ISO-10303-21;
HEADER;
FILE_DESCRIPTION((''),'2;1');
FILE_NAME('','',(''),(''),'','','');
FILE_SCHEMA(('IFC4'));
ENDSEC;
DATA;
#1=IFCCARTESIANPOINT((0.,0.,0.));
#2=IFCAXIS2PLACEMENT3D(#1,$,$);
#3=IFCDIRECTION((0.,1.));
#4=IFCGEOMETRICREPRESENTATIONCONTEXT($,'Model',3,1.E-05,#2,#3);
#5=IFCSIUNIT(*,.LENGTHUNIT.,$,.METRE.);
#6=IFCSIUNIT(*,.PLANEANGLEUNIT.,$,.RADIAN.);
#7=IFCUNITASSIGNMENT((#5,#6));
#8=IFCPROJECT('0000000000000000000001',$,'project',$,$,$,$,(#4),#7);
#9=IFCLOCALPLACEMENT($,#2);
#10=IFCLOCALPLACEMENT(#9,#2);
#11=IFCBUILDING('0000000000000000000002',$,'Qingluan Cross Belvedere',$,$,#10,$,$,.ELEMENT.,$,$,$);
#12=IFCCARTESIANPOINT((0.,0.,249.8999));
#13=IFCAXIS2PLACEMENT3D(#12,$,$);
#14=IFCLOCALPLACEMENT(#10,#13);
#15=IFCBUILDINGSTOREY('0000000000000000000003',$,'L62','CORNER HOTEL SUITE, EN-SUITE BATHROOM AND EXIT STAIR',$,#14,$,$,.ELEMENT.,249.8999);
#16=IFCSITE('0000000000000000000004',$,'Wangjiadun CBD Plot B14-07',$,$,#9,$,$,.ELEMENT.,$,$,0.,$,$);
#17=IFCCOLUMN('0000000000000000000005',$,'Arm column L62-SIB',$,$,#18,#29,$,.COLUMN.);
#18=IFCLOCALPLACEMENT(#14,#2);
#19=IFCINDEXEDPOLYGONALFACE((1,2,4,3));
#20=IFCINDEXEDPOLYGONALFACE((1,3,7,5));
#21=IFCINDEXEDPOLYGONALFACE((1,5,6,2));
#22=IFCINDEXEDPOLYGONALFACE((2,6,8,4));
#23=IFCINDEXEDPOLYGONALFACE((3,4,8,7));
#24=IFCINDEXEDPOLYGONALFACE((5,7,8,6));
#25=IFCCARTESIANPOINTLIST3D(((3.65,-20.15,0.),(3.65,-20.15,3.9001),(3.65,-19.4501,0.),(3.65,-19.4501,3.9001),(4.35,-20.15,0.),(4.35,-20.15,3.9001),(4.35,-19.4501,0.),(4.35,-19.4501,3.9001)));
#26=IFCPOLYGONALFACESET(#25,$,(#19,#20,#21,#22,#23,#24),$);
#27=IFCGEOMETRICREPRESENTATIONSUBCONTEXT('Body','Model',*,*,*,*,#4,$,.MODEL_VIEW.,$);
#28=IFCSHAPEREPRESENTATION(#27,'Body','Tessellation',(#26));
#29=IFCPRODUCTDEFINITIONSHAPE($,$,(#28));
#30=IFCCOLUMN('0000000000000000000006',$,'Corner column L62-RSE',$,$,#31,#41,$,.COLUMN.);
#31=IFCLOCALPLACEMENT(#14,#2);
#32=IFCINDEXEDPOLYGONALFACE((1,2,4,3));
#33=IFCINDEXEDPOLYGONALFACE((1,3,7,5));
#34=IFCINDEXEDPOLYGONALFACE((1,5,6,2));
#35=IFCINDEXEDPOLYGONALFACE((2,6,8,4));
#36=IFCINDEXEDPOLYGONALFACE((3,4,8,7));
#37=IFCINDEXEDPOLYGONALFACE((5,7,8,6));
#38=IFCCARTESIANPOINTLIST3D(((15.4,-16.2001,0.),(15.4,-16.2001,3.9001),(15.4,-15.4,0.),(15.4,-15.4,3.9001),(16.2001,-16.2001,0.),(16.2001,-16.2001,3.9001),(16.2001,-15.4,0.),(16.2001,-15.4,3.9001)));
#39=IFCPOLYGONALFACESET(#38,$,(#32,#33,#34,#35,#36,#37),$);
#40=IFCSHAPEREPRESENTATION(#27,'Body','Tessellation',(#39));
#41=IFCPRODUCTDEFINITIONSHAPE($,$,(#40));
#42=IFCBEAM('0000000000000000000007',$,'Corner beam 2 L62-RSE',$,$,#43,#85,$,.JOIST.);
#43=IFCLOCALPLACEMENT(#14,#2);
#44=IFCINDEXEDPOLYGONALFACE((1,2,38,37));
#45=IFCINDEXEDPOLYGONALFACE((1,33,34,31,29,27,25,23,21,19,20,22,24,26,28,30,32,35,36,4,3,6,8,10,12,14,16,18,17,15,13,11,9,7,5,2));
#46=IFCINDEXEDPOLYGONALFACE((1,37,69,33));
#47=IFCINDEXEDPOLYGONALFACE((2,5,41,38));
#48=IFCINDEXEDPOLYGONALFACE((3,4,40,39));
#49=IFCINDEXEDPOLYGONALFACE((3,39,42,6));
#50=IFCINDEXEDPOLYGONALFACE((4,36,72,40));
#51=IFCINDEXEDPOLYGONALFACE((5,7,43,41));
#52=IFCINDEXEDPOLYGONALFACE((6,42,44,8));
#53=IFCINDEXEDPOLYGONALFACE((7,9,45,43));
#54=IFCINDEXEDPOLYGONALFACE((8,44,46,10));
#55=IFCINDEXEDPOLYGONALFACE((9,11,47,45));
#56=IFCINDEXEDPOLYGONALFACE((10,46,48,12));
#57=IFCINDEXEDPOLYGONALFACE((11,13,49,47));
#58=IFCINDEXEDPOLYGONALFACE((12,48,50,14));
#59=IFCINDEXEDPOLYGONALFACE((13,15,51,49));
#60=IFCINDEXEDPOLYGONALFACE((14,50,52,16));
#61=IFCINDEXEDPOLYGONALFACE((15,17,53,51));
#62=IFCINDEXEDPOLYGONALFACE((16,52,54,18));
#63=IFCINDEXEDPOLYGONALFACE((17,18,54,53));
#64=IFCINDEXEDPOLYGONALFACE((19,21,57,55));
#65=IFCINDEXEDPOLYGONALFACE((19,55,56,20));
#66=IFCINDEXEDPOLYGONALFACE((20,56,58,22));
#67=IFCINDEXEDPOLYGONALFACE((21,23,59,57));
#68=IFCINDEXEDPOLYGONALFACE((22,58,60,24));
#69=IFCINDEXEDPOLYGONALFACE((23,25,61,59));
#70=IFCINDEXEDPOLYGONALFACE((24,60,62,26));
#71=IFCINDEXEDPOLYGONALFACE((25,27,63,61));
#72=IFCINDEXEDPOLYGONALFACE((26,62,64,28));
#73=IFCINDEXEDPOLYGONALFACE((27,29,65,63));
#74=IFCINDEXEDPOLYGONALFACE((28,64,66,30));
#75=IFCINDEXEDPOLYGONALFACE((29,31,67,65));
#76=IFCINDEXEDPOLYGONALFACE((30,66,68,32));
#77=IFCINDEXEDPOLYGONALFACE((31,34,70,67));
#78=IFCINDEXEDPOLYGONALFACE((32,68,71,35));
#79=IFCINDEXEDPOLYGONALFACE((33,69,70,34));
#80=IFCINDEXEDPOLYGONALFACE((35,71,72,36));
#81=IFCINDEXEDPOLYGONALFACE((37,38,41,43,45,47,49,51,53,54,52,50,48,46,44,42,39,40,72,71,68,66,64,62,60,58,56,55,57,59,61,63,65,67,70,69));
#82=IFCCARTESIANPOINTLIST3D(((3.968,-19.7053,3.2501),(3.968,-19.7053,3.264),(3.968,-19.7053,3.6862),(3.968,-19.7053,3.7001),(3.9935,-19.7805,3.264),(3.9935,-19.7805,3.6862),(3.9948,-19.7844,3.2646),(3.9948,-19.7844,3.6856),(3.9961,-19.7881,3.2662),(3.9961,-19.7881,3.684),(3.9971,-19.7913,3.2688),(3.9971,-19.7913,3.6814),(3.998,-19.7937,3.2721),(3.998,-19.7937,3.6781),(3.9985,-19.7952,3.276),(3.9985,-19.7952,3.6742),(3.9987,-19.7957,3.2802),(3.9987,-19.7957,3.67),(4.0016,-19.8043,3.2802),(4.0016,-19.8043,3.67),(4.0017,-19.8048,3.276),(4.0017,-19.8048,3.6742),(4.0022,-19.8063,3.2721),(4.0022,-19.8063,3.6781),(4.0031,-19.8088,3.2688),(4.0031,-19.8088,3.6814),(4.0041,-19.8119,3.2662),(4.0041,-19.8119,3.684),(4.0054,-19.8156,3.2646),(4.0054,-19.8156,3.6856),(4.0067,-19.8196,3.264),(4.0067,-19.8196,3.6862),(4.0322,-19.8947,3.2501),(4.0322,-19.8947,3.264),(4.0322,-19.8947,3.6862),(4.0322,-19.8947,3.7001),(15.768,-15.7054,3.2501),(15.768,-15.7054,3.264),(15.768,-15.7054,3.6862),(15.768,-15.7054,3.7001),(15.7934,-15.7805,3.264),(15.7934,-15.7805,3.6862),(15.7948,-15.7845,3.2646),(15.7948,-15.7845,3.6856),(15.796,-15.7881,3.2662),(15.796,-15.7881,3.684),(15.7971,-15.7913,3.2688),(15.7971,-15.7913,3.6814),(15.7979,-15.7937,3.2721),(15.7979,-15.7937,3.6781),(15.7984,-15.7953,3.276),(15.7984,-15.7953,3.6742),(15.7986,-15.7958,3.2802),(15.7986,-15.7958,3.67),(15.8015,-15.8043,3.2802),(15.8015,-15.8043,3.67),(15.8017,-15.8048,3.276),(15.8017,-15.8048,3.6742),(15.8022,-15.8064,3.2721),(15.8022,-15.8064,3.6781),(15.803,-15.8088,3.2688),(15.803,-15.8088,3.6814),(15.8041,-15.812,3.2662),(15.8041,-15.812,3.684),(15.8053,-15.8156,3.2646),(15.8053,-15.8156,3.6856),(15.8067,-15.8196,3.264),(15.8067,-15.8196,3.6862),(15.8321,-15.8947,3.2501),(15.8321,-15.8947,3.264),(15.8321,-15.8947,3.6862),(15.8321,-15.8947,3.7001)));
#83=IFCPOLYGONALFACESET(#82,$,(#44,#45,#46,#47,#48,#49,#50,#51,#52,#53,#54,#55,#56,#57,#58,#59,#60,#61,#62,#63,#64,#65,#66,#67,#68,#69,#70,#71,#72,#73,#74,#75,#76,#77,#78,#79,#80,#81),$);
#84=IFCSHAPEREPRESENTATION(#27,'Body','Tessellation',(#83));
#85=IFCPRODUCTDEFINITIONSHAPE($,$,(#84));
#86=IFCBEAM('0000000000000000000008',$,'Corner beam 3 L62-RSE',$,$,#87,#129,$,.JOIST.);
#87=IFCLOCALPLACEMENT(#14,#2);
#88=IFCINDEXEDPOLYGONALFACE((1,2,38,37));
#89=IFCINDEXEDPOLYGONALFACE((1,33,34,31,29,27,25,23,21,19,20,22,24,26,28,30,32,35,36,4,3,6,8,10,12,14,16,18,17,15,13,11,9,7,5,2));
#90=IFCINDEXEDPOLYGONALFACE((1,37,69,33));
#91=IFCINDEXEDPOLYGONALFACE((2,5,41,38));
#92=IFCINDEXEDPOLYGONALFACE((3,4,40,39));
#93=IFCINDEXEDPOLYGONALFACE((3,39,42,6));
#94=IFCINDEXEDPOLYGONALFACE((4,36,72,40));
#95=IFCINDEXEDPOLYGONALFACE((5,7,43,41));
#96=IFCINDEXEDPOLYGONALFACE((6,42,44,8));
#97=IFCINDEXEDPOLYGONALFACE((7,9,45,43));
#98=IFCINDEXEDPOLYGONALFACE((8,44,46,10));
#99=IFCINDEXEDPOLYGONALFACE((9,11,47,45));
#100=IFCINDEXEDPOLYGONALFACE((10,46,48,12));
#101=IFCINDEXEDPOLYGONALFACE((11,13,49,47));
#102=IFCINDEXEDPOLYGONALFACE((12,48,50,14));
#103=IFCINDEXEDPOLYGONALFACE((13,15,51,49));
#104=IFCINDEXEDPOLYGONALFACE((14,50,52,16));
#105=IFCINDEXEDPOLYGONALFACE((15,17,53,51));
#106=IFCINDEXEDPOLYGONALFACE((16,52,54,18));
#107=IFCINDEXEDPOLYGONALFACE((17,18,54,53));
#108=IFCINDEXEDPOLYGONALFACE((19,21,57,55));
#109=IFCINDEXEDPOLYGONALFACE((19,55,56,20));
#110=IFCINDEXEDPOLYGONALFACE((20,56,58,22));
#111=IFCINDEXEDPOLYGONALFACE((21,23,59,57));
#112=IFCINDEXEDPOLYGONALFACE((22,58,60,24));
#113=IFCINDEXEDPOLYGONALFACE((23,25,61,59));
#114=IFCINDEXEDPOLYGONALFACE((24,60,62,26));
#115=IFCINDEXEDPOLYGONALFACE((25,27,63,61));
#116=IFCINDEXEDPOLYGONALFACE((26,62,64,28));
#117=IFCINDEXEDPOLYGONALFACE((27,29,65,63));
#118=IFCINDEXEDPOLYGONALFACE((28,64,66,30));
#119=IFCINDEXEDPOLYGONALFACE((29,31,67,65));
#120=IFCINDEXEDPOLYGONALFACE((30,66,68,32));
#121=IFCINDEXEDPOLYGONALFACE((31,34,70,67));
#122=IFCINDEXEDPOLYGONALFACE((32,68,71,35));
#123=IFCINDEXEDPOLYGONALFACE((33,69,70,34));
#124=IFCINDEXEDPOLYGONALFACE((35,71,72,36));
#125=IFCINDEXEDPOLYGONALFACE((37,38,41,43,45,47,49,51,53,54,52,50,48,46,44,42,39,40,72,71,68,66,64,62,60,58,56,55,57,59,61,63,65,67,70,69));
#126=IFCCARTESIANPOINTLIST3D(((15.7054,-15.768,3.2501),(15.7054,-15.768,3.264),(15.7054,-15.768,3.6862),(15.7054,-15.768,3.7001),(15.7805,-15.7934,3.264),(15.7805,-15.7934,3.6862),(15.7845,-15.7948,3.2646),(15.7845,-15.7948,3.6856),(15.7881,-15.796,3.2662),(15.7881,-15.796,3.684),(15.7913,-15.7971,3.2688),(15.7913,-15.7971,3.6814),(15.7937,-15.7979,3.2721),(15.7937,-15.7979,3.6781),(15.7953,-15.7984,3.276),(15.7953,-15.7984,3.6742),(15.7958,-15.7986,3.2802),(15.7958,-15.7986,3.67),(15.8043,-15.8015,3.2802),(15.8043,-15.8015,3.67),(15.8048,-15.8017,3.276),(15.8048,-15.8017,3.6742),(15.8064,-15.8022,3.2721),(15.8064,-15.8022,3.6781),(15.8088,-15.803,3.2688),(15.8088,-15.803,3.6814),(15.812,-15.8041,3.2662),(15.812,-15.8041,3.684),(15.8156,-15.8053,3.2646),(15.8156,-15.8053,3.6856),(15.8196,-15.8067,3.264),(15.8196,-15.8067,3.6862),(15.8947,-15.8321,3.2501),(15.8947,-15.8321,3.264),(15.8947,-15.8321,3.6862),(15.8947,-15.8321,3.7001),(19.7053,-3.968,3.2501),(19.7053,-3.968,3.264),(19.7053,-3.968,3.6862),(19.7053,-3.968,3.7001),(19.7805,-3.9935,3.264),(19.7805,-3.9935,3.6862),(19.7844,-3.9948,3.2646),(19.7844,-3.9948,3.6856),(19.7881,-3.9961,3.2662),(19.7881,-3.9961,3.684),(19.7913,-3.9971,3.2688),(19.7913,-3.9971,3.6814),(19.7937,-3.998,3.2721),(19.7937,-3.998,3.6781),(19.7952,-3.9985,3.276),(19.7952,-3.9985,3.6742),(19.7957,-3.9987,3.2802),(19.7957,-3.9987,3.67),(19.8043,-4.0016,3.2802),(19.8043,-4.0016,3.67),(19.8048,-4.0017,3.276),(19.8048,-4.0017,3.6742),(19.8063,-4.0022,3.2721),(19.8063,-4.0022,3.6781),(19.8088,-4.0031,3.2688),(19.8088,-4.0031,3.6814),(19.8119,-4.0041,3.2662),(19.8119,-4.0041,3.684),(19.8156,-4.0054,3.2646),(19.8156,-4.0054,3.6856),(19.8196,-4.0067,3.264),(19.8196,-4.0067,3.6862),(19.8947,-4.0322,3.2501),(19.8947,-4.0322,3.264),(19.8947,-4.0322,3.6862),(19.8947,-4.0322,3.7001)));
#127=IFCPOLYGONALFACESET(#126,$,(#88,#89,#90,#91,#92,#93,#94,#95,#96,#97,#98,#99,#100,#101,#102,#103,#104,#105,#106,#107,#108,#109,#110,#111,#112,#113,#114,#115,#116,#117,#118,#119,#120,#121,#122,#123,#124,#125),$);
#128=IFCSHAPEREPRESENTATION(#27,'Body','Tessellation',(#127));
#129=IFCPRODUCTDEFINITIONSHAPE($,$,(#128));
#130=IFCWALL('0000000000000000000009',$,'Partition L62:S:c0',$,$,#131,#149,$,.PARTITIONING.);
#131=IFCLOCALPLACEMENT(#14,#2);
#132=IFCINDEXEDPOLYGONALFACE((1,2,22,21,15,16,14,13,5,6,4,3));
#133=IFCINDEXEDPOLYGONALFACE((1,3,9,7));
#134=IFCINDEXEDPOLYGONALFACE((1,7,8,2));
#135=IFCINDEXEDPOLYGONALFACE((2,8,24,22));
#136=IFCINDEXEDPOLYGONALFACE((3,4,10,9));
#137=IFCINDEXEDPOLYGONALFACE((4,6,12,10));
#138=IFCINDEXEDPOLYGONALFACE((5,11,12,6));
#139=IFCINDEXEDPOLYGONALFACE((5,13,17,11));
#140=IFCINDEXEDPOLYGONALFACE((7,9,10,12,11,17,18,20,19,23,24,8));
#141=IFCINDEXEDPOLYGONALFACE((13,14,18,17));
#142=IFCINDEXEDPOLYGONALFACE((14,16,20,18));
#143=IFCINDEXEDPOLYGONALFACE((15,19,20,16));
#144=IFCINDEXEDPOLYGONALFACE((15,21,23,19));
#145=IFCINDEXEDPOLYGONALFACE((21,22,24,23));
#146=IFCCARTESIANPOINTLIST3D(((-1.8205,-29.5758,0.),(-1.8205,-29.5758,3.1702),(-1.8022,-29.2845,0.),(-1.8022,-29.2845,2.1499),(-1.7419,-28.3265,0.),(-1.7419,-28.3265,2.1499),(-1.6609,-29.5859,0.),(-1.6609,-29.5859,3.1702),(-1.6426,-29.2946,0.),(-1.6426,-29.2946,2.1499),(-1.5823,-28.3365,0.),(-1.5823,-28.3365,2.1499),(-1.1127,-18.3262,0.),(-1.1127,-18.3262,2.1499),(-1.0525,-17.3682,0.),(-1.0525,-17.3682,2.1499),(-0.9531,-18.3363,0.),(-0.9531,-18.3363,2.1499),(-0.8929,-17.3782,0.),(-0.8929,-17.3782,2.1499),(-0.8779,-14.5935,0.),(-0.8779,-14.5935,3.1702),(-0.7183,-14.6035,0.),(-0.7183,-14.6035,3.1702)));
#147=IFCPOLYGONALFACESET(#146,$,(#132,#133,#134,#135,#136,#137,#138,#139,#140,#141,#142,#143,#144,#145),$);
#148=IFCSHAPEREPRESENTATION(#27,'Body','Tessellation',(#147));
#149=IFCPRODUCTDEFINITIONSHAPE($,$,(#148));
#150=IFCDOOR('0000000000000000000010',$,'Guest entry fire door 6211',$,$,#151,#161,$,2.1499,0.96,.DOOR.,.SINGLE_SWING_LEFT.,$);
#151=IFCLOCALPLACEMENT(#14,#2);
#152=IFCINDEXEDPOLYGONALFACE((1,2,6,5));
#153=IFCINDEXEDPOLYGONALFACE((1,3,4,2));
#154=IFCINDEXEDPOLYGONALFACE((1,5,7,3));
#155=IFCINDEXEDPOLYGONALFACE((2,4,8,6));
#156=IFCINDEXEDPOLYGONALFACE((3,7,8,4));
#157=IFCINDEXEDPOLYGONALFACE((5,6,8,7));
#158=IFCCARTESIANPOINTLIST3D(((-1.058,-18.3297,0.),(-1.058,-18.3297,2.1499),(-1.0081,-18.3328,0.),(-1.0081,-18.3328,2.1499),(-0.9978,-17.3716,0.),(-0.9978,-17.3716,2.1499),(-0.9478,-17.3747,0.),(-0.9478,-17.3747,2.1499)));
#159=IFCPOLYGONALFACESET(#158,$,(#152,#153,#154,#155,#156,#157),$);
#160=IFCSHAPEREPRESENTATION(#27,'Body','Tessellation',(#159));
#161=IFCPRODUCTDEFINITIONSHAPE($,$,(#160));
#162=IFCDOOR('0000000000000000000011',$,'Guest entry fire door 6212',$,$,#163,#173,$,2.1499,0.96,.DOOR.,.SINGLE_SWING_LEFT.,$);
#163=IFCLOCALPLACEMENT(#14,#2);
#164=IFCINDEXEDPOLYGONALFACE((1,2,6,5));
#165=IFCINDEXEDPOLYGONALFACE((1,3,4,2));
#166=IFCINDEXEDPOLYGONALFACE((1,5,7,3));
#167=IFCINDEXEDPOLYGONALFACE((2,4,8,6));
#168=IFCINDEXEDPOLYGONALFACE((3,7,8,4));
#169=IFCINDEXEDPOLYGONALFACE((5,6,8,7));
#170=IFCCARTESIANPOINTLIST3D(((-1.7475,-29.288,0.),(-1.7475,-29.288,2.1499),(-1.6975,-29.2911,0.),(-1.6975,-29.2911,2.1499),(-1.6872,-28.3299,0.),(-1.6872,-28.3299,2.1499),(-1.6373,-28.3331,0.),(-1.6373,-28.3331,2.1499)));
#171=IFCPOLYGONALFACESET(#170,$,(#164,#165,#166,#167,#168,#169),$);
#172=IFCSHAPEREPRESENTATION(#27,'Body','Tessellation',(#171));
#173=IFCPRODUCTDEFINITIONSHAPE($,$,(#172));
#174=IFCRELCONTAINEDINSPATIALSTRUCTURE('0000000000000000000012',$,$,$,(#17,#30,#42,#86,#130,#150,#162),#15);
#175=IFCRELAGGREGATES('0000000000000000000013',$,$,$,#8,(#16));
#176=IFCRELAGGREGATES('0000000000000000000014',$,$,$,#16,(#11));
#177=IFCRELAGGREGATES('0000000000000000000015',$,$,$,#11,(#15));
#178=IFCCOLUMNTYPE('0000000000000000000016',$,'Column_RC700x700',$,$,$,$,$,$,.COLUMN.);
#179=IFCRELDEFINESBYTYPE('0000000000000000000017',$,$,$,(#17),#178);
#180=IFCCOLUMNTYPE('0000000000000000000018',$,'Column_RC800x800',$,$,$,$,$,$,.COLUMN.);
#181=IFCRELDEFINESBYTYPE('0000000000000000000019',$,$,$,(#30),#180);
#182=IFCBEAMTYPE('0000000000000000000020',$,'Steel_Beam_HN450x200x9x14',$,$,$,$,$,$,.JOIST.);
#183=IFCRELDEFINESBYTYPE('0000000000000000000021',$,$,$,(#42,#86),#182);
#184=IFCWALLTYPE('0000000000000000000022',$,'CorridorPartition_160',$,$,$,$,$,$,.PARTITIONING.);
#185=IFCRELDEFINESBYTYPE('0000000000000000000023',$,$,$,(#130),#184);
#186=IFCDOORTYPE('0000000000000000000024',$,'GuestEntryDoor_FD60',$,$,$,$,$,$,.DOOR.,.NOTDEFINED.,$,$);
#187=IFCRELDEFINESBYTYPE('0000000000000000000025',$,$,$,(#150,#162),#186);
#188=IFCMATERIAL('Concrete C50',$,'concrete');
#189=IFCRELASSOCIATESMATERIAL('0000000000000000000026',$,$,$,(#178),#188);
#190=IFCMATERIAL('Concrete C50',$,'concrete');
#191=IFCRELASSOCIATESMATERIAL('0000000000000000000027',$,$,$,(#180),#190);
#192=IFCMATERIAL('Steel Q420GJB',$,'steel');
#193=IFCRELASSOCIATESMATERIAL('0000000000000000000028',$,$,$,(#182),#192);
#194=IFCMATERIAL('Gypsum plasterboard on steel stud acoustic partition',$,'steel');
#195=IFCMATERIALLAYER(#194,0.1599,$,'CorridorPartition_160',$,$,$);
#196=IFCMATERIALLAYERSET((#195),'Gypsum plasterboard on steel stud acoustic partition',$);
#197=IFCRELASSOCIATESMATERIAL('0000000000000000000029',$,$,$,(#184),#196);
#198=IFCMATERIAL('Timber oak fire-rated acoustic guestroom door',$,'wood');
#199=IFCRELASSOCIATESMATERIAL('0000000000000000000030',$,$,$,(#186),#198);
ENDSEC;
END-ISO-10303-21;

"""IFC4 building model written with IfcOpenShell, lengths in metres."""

from ifc_helpers import new_model, si_unit, direction, frame, frame_2d, origin, origin_2d, place, context, subcontext, project, spatial, rectangle, i_section, extrude, material, layer, layer_set, material_profile, profile_set, type_object, element, fill, save


model = new_model("IFC4")

# Units and contexts
model_context = context("Model", 3, precision=1e-05, world=origin(), true_north=direction((0.0, 1.0)))
body_context = subcontext(model_context, "Body", "Model", "MODEL_VIEW")
ifc_project = project(units=[si_unit("LENGTHUNIT", "METRE"), si_unit("PLANEANGLEUNIT", "RADIAN")], contexts=[model_context])

# Site, building, storey
site_placement = place(None, origin())
site = spatial("IfcSite", under=ifc_project, at=site_placement, Name="Wangjiadun CBD Plot B14-07", CompositionType="ELEMENT", RefElevation=0.0)
building_placement = place(site_placement, origin())
building = spatial("IfcBuilding", under=site, at=building_placement, Name="Qingluan Cross Belvedere", CompositionType="ELEMENT")
storey_placement = place(building_placement, frame((0.0, 0.0, 249.8999)))
storey = spatial("IfcBuildingStorey", under=building, at=storey_placement, Name="L62", Description="CORNER HOTEL SUITE, EN-SUITE BATHROOM AND EXIT STAIR", CompositionType="ELEMENT", Elevation=249.8999)

# Columns
ifc_material_1 = material(Name="Concrete C50", Category="concrete")
ifc_material_profile_1 = material_profile(ifc_material_1, rectangle(XDim=0.7, YDim=0.7, at=origin_2d()), Name="RC700x700")
ifc_profile_set_1 = profile_set([ifc_material_profile_1], Name="Concrete C50")
column_type_1 = type_object("IfcColumnType", Name="Column_RC700x700", PredefinedType="COLUMN", material=ifc_profile_set_1)
column_1_placement = place(storey_placement, frame((4.0, -19.8, 0.0), z_axis=(0.0, 0.0, 1.0), x_axis=(1.0, 0.0, 0.0)))
element("IfcColumn", 1, at=column_1_placement, inside=storey, type_object=column_type_1, Name="Arm column L62-SIB", PredefinedType="COLUMN", context=body_context, shape_type="SweptSolid", body=[
    extrude(rectangle(XDim=0.7, YDim=0.7, at=origin_2d()), origin(), (0.0, 0.0, 1.0), 3.9001),
])
ifc_material_2 = material(Name="Concrete C50", Category="concrete")
ifc_material_profile_2 = material_profile(ifc_material_2, rectangle(XDim=0.8, YDim=0.8, at=origin_2d()), Name="RC800x800")
ifc_profile_set_2 = profile_set([ifc_material_profile_2], Name="Concrete C50")
column_type_2 = type_object("IfcColumnType", Name="Column_RC800x800", PredefinedType="COLUMN", material=ifc_profile_set_2)
column_2_placement = place(storey_placement, frame((15.8, -15.8, 0.0), z_axis=(0.0, 0.0, 1.0), x_axis=(1.0, 0.0, 0.0)))
element("IfcColumn", 2, at=column_2_placement, inside=storey, type_object=column_type_2, Name="Corner column L62-RSE", PredefinedType="COLUMN", context=body_context, shape_type="SweptSolid", body=[
    extrude(rectangle(XDim=0.8, YDim=0.8, at=origin_2d()), origin(), (0.0, 0.0, 1.0), 3.9001),
])

# Beams
ifc_material_3 = material(Name="Steel Q420GJB", Category="steel")
ifc_material_profile_3 = material_profile(ifc_material_3, i_section(OverallWidth=0.2, OverallDepth=0.45, WebThickness=0.009, FlangeThickness=0.0139, FilletRadius=0.0161, at=origin_2d()), Name="HN450x200x9x14")
ifc_profile_set_3 = profile_set([ifc_material_profile_3], Name="Steel Q420GJB")
beam_type = type_object("IfcBeamType", Name="Steel_Beam_HN450x200x9x14", PredefinedType="JOIST", material=ifc_profile_set_3)
for number, where, z_axis, x_axis, name in (
    (3, (15.8, -15.8, 3.4751), (-0.947066, -0.321038, 0.0), (0.321038, -0.947066, 0.0), "Corner beam 2 L62-RSE"),
    (4, (15.8, -15.8, 3.4751), (0.321038, 0.947066, 0.0), (-0.947066, 0.321038, 0.0), "Corner beam 3 L62-RSE"),
):
    element("IfcBeam", number, at=place(storey_placement, frame(where, z_axis=z_axis, x_axis=x_axis)), inside=storey, type_object=beam_type, Name=name, PredefinedType="JOIST", context=body_context, shape_type="SweptSolid", body=[
        extrude(i_section(OverallWidth=0.2, OverallDepth=0.45, WebThickness=0.009, FlangeThickness=0.0139, FilletRadius=0.0161, at=origin_2d()), origin(), (0.0, 0.0, 1.0), 12.4595),
    ])

# Wall, openings, doors
ifc_material_4 = material(Name="Gypsum plasterboard on steel stud acoustic partition", Category="steel")
ifc_layer_1 = layer(ifc_material_4, 0.1599, Name="CorridorPartition_160")
ifc_layer_set_1 = layer_set([ifc_layer_1], Name="Gypsum plasterboard on steel stud acoustic partition")
wall_type_1 = type_object("IfcWallType", Name="CorridorPartition_160", PredefinedType="PARTITIONING", material=ifc_layer_set_1)
wall_1_placement = place(storey_placement, frame((-0.7981, -14.5986, 0.0), z_axis=(0.0, 0.0, 1.0), x_axis=(-0.062791, -0.998027, 0.0)))
wall_1 = element("IfcWall", 5, at=wall_1_placement, inside=storey, type_object=wall_type_1, Name="Partition L62:S:c0", PredefinedType="PARTITIONING", context=body_context, shape_type="SweptSolid", body=[
    extrude(rectangle(XDim=15.012, YDim=0.1599, at=frame_2d((7.5059, 0.0))), origin(), (0.0, 0.0, 1.0), 3.1702),
])
opening_1_placement = place(wall_1_placement, frame((2.78, 0.0, 0.0)))
opening_1 = element("IfcOpeningElement", 6, at=opening_1_placement, cuts=wall_1, PredefinedType="OPENING", context=body_context, shape_type="SweptSolid", body=[
    extrude(rectangle(XDim=0.96, YDim=2.1499, at=frame_2d((0.48, 1.075))), frame((0.0, 0.0898, 0.0), z_axis=(0.0, -1.0, 0.0), x_axis=(1.0, 0.0, 0.0)), (0.0, 0.0, 1.0), 0.1799),
])
opening_2_placement = place(wall_1_placement, frame((13.76, 0.0, 0.0)))
opening_2 = element("IfcOpeningElement", 7, at=opening_2_placement, cuts=wall_1, PredefinedType="OPENING", context=body_context, shape_type="SweptSolid", body=[
    extrude(rectangle(XDim=0.96, YDim=2.1499, at=frame_2d((0.48, 1.075))), frame((0.0, 0.0898, 0.0), z_axis=(0.0, -1.0, 0.0), x_axis=(1.0, 0.0, 0.0)), (0.0, 0.0, 1.0), 0.1799),
])
ifc_material_5 = material(Name="Timber oak fire-rated acoustic guestroom door", Category="wood")
door_type_1 = type_object("IfcDoorType", Name="GuestEntryDoor_FD60", OperationType="NOTDEFINED", PredefinedType="DOOR", material=ifc_material_5)
door_1_placement = place(opening_1_placement, origin())
door_1 = element("IfcDoor", 8, at=door_1_placement, inside=storey, type_object=door_type_1, Name="Guest entry fire door 6211", OperationType="SINGLE_SWING_LEFT", OverallHeight=2.1499, OverallWidth=0.96, PredefinedType="DOOR", context=body_context, shape_type="SweptSolid", body=[
    extrude(rectangle(XDim=0.96, YDim=2.1499, at=frame_2d((0.48, 1.075))), frame((0.0, 0.0249, 0.0), z_axis=(0.0, -1.0, 0.0), x_axis=(1.0, 0.0, 0.0)), (0.0, 0.0, 1.0), 0.05),
])
fill(opening_1, door_1)
door_2_placement = place(opening_2_placement, origin())
door_2 = element("IfcDoor", 9, at=door_2_placement, inside=storey, type_object=door_type_1, Name="Guest entry fire door 6212", OperationType="SINGLE_SWING_LEFT", OverallHeight=2.1499, OverallWidth=0.96, PredefinedType="DOOR", context=body_context, shape_type="SweptSolid", body=[
    extrude(rectangle(XDim=0.96, YDim=2.1499, at=frame_2d((0.48, 1.075))), frame((0.0, 0.0249, 0.0), z_axis=(0.0, -1.0, 0.0), x_axis=(1.0, 0.0, 0.0)), (0.0, 0.0, 1.0), 0.05),
])
fill(opening_2, door_2)

save(model, "model.ifc")
